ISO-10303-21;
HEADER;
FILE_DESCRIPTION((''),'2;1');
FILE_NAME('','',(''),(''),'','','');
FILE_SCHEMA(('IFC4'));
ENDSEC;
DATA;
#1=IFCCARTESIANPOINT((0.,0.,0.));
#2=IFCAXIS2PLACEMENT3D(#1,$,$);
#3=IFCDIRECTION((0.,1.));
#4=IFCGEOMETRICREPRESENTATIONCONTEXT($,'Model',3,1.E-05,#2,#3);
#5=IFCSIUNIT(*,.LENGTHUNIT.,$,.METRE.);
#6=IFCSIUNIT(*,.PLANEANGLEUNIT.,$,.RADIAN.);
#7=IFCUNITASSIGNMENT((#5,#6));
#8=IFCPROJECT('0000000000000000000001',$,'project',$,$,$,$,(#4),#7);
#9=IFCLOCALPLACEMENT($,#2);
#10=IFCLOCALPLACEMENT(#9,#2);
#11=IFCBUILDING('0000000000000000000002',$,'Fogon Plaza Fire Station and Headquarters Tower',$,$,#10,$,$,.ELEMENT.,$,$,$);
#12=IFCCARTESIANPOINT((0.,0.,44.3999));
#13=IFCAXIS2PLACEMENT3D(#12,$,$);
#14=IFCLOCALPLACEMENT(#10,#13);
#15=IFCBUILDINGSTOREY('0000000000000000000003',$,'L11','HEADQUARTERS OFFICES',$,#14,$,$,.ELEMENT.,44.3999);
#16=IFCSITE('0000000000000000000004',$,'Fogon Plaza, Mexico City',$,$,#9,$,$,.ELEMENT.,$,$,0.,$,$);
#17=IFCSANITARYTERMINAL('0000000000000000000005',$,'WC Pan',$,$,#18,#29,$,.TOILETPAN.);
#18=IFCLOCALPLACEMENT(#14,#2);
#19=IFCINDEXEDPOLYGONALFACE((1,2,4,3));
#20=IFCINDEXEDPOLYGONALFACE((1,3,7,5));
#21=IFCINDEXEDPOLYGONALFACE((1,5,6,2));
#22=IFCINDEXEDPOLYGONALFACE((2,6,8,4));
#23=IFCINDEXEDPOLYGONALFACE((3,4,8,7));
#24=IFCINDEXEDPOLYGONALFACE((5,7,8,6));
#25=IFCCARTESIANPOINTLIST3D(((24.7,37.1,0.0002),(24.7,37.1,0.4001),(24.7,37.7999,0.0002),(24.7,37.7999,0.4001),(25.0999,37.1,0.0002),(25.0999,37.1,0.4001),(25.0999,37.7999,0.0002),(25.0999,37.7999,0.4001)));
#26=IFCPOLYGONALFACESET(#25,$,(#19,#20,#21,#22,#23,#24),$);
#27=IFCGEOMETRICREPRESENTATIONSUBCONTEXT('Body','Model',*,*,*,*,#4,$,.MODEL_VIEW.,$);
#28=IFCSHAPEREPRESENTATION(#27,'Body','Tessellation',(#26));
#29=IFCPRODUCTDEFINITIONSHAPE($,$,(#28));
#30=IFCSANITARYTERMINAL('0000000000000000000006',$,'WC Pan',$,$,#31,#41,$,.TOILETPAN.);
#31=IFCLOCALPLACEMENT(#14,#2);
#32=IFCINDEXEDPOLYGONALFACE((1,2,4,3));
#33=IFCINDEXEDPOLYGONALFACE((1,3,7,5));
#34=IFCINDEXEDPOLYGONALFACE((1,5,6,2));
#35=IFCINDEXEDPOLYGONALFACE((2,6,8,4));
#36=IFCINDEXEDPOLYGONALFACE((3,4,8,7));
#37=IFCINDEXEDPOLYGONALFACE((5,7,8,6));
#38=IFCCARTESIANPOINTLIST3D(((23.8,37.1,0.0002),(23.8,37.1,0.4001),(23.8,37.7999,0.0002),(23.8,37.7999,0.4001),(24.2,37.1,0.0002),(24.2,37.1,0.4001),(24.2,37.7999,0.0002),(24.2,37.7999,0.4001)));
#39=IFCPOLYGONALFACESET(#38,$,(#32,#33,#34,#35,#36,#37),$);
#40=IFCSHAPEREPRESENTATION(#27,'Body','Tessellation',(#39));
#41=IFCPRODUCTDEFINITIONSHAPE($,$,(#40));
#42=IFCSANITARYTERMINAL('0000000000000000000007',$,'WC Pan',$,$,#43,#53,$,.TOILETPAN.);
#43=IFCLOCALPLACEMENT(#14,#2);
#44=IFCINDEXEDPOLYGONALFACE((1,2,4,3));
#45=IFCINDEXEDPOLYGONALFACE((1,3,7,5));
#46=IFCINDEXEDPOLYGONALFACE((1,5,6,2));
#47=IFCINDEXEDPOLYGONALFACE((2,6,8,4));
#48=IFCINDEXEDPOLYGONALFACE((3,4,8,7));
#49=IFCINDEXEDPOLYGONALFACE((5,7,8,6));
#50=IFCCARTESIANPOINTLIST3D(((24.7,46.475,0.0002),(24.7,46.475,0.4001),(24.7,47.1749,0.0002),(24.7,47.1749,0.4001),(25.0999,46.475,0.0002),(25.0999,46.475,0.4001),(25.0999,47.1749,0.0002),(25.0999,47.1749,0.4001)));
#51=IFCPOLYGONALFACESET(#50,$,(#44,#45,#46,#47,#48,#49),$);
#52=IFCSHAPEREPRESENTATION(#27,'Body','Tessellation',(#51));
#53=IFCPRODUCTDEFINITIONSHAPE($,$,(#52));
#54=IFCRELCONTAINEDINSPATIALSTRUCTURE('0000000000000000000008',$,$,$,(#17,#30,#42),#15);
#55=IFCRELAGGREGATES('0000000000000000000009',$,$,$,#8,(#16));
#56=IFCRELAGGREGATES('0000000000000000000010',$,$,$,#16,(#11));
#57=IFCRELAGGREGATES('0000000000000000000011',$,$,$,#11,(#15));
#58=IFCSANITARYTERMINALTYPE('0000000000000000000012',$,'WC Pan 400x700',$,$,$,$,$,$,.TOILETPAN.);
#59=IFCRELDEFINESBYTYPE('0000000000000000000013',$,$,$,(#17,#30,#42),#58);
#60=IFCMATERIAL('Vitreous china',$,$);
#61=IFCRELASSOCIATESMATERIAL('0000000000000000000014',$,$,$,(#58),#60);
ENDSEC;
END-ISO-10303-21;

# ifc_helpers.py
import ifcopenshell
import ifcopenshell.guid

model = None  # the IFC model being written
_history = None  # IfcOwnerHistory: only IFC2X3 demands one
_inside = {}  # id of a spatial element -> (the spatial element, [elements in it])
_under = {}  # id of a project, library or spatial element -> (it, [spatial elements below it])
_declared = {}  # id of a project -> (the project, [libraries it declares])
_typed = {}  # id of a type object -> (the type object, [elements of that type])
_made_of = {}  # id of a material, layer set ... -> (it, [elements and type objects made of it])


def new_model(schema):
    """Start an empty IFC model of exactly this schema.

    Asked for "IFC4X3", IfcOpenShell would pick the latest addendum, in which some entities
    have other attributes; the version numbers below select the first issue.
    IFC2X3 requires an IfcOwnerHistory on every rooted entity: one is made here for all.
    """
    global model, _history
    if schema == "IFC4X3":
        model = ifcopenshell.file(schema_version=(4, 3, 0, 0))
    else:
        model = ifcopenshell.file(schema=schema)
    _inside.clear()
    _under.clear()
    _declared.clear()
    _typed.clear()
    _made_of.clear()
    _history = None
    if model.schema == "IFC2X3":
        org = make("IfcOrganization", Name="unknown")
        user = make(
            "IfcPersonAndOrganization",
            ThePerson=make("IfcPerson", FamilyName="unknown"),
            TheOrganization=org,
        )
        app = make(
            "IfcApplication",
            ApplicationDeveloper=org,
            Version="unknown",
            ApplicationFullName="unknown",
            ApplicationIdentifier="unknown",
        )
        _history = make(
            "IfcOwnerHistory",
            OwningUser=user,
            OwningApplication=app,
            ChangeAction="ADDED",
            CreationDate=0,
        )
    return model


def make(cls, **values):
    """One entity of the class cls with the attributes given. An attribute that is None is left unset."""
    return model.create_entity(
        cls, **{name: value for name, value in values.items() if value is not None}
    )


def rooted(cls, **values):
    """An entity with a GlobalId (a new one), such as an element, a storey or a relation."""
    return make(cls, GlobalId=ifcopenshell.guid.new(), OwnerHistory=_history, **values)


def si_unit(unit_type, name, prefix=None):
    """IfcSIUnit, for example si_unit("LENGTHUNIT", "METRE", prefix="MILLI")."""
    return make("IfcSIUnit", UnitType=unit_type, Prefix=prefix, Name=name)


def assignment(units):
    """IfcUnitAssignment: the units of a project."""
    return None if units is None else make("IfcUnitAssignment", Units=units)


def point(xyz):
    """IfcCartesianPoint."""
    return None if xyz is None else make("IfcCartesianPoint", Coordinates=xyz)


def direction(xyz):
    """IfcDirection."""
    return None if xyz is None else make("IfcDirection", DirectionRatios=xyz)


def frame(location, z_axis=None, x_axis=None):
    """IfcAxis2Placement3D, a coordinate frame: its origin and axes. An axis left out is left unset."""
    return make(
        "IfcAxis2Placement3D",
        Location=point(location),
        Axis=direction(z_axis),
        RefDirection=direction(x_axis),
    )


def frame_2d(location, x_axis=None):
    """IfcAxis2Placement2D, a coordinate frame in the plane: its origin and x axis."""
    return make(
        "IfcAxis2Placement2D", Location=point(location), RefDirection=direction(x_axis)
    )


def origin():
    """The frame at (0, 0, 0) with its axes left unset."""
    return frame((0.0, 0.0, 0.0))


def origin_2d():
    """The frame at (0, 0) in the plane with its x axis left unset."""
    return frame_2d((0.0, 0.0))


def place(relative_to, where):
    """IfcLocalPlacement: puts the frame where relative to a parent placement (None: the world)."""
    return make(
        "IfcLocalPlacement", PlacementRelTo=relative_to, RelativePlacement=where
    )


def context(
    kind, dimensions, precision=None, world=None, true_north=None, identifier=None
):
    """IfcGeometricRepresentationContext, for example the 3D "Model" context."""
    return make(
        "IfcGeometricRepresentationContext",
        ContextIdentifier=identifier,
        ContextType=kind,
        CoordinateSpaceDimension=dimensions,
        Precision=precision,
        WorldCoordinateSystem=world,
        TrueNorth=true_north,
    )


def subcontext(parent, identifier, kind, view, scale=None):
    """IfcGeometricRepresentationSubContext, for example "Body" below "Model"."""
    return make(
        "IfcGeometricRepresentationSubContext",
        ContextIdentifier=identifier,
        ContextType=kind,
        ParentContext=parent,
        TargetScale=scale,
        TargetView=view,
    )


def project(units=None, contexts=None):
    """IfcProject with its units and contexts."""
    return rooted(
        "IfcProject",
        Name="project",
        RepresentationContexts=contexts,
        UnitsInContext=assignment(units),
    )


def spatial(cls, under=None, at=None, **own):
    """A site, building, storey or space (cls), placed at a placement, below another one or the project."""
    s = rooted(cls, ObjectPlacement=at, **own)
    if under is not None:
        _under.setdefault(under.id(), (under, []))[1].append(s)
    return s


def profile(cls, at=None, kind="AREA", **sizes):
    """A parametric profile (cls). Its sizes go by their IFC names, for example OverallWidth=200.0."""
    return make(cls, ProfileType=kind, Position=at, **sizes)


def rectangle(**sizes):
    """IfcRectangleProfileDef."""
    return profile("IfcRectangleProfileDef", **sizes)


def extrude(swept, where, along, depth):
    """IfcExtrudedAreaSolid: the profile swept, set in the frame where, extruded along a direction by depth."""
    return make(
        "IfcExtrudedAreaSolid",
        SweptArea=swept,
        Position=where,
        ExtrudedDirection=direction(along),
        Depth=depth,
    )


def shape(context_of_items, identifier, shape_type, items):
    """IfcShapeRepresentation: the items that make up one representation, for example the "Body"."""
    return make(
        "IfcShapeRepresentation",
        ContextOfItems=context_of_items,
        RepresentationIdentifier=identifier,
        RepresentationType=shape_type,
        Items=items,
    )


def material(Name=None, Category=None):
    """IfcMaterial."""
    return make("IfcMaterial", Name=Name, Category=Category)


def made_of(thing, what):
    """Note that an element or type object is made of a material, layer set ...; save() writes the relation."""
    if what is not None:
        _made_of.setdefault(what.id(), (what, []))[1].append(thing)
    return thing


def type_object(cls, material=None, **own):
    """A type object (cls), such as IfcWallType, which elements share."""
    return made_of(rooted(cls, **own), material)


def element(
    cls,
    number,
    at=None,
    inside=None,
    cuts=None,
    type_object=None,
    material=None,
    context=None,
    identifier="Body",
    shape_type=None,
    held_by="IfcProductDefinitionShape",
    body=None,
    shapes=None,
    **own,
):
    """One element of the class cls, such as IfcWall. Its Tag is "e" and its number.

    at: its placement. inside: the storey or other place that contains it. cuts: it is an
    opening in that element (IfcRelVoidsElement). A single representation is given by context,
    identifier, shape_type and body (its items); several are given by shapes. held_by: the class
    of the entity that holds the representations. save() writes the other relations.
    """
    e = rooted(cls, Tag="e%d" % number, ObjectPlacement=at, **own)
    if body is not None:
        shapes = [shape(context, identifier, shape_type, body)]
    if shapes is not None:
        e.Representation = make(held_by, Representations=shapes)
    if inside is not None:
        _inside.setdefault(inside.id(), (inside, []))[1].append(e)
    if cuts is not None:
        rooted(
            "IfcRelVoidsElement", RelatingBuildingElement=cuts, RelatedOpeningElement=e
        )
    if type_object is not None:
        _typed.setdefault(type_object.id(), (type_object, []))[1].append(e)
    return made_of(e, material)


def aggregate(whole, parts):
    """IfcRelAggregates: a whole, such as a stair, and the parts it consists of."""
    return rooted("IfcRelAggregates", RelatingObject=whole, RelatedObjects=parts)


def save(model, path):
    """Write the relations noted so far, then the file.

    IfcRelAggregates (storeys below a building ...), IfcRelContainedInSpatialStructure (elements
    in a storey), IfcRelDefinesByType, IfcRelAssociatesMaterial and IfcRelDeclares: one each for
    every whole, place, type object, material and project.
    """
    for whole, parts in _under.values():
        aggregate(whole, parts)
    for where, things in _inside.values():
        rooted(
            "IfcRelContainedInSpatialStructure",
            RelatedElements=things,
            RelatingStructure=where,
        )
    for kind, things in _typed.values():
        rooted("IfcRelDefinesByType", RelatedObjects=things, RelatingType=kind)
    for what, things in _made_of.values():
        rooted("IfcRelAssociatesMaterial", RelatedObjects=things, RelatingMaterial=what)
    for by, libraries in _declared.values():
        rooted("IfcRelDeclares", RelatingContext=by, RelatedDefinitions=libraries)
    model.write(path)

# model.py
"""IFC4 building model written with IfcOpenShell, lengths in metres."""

from ifc_helpers import new_model, si_unit, direction, frame, origin, origin_2d, place, context, subcontext, project, spatial, rectangle, extrude, material, type_object, element, save


model = new_model("IFC4")

# Units and contexts
model_context = context("Model", 3, precision=1e-05, world=origin(), true_north=direction((0.0, 1.0)))
body_context = subcontext(model_context, "Body", "Model", "MODEL_VIEW")
ifc_project = project(units=[si_unit("LENGTHUNIT", "METRE"), si_unit("PLANEANGLEUNIT", "RADIAN")], contexts=[model_context])

# Site, building, storey
site_placement = place(None, origin())
site = spatial("IfcSite", under=ifc_project, at=site_placement, Name="Fogon Plaza, Mexico City", CompositionType="ELEMENT", RefElevation=0.0)
building_placement = place(site_placement, origin())
building = spatial("IfcBuilding", under=site, at=building_placement, Name="Fogon Plaza Fire Station and Headquarters Tower", CompositionType="ELEMENT")
storey_placement = place(building_placement, frame((0.0, 0.0, 44.3999)))
storey = spatial("IfcBuildingStorey", under=building, at=storey_placement, Name="L11", Description="HEADQUARTERS OFFICES", CompositionType="ELEMENT", Elevation=44.3999)

# Sanitary terminals
ifc_material_1 = material(Name="Vitreous china")
sanitary_terminal_type_1 = type_object("IfcSanitaryTerminalType", Name="WC Pan 400x700", PredefinedType="TOILETPAN", material=ifc_material_1)
for number, where, z_axis, x_axis, name in (
    (1, (24.8999, 37.45, 0.0002), (0.0, 0.0, 1.0), (1.0, 0.0, 0.0), "WC Pan"),
    (2, (24.0, 37.45, 0.0002), (0.0, 0.0, 1.0), (1.0, 0.0, 0.0), "WC Pan"),
    (3, (24.8999, 46.825, 0.0002), (0.0, 0.0, 1.0), (1.0, 0.0, 0.0), "WC Pan"),
):
    element("IfcSanitaryTerminal", number, at=place(storey_placement, frame(where, z_axis=z_axis, x_axis=x_axis)), inside=storey, type_object=sanitary_terminal_type_1, Name=name, PredefinedType="TOILETPAN", context=body_context, shape_type="SweptSolid", body=[
        extrude(rectangle(XDim=0.3999, YDim=0.7, at=origin_2d()), origin(), (0.0, 0.0, 1.0), 0.3999),
    ])

save(model, "model.ifc")
